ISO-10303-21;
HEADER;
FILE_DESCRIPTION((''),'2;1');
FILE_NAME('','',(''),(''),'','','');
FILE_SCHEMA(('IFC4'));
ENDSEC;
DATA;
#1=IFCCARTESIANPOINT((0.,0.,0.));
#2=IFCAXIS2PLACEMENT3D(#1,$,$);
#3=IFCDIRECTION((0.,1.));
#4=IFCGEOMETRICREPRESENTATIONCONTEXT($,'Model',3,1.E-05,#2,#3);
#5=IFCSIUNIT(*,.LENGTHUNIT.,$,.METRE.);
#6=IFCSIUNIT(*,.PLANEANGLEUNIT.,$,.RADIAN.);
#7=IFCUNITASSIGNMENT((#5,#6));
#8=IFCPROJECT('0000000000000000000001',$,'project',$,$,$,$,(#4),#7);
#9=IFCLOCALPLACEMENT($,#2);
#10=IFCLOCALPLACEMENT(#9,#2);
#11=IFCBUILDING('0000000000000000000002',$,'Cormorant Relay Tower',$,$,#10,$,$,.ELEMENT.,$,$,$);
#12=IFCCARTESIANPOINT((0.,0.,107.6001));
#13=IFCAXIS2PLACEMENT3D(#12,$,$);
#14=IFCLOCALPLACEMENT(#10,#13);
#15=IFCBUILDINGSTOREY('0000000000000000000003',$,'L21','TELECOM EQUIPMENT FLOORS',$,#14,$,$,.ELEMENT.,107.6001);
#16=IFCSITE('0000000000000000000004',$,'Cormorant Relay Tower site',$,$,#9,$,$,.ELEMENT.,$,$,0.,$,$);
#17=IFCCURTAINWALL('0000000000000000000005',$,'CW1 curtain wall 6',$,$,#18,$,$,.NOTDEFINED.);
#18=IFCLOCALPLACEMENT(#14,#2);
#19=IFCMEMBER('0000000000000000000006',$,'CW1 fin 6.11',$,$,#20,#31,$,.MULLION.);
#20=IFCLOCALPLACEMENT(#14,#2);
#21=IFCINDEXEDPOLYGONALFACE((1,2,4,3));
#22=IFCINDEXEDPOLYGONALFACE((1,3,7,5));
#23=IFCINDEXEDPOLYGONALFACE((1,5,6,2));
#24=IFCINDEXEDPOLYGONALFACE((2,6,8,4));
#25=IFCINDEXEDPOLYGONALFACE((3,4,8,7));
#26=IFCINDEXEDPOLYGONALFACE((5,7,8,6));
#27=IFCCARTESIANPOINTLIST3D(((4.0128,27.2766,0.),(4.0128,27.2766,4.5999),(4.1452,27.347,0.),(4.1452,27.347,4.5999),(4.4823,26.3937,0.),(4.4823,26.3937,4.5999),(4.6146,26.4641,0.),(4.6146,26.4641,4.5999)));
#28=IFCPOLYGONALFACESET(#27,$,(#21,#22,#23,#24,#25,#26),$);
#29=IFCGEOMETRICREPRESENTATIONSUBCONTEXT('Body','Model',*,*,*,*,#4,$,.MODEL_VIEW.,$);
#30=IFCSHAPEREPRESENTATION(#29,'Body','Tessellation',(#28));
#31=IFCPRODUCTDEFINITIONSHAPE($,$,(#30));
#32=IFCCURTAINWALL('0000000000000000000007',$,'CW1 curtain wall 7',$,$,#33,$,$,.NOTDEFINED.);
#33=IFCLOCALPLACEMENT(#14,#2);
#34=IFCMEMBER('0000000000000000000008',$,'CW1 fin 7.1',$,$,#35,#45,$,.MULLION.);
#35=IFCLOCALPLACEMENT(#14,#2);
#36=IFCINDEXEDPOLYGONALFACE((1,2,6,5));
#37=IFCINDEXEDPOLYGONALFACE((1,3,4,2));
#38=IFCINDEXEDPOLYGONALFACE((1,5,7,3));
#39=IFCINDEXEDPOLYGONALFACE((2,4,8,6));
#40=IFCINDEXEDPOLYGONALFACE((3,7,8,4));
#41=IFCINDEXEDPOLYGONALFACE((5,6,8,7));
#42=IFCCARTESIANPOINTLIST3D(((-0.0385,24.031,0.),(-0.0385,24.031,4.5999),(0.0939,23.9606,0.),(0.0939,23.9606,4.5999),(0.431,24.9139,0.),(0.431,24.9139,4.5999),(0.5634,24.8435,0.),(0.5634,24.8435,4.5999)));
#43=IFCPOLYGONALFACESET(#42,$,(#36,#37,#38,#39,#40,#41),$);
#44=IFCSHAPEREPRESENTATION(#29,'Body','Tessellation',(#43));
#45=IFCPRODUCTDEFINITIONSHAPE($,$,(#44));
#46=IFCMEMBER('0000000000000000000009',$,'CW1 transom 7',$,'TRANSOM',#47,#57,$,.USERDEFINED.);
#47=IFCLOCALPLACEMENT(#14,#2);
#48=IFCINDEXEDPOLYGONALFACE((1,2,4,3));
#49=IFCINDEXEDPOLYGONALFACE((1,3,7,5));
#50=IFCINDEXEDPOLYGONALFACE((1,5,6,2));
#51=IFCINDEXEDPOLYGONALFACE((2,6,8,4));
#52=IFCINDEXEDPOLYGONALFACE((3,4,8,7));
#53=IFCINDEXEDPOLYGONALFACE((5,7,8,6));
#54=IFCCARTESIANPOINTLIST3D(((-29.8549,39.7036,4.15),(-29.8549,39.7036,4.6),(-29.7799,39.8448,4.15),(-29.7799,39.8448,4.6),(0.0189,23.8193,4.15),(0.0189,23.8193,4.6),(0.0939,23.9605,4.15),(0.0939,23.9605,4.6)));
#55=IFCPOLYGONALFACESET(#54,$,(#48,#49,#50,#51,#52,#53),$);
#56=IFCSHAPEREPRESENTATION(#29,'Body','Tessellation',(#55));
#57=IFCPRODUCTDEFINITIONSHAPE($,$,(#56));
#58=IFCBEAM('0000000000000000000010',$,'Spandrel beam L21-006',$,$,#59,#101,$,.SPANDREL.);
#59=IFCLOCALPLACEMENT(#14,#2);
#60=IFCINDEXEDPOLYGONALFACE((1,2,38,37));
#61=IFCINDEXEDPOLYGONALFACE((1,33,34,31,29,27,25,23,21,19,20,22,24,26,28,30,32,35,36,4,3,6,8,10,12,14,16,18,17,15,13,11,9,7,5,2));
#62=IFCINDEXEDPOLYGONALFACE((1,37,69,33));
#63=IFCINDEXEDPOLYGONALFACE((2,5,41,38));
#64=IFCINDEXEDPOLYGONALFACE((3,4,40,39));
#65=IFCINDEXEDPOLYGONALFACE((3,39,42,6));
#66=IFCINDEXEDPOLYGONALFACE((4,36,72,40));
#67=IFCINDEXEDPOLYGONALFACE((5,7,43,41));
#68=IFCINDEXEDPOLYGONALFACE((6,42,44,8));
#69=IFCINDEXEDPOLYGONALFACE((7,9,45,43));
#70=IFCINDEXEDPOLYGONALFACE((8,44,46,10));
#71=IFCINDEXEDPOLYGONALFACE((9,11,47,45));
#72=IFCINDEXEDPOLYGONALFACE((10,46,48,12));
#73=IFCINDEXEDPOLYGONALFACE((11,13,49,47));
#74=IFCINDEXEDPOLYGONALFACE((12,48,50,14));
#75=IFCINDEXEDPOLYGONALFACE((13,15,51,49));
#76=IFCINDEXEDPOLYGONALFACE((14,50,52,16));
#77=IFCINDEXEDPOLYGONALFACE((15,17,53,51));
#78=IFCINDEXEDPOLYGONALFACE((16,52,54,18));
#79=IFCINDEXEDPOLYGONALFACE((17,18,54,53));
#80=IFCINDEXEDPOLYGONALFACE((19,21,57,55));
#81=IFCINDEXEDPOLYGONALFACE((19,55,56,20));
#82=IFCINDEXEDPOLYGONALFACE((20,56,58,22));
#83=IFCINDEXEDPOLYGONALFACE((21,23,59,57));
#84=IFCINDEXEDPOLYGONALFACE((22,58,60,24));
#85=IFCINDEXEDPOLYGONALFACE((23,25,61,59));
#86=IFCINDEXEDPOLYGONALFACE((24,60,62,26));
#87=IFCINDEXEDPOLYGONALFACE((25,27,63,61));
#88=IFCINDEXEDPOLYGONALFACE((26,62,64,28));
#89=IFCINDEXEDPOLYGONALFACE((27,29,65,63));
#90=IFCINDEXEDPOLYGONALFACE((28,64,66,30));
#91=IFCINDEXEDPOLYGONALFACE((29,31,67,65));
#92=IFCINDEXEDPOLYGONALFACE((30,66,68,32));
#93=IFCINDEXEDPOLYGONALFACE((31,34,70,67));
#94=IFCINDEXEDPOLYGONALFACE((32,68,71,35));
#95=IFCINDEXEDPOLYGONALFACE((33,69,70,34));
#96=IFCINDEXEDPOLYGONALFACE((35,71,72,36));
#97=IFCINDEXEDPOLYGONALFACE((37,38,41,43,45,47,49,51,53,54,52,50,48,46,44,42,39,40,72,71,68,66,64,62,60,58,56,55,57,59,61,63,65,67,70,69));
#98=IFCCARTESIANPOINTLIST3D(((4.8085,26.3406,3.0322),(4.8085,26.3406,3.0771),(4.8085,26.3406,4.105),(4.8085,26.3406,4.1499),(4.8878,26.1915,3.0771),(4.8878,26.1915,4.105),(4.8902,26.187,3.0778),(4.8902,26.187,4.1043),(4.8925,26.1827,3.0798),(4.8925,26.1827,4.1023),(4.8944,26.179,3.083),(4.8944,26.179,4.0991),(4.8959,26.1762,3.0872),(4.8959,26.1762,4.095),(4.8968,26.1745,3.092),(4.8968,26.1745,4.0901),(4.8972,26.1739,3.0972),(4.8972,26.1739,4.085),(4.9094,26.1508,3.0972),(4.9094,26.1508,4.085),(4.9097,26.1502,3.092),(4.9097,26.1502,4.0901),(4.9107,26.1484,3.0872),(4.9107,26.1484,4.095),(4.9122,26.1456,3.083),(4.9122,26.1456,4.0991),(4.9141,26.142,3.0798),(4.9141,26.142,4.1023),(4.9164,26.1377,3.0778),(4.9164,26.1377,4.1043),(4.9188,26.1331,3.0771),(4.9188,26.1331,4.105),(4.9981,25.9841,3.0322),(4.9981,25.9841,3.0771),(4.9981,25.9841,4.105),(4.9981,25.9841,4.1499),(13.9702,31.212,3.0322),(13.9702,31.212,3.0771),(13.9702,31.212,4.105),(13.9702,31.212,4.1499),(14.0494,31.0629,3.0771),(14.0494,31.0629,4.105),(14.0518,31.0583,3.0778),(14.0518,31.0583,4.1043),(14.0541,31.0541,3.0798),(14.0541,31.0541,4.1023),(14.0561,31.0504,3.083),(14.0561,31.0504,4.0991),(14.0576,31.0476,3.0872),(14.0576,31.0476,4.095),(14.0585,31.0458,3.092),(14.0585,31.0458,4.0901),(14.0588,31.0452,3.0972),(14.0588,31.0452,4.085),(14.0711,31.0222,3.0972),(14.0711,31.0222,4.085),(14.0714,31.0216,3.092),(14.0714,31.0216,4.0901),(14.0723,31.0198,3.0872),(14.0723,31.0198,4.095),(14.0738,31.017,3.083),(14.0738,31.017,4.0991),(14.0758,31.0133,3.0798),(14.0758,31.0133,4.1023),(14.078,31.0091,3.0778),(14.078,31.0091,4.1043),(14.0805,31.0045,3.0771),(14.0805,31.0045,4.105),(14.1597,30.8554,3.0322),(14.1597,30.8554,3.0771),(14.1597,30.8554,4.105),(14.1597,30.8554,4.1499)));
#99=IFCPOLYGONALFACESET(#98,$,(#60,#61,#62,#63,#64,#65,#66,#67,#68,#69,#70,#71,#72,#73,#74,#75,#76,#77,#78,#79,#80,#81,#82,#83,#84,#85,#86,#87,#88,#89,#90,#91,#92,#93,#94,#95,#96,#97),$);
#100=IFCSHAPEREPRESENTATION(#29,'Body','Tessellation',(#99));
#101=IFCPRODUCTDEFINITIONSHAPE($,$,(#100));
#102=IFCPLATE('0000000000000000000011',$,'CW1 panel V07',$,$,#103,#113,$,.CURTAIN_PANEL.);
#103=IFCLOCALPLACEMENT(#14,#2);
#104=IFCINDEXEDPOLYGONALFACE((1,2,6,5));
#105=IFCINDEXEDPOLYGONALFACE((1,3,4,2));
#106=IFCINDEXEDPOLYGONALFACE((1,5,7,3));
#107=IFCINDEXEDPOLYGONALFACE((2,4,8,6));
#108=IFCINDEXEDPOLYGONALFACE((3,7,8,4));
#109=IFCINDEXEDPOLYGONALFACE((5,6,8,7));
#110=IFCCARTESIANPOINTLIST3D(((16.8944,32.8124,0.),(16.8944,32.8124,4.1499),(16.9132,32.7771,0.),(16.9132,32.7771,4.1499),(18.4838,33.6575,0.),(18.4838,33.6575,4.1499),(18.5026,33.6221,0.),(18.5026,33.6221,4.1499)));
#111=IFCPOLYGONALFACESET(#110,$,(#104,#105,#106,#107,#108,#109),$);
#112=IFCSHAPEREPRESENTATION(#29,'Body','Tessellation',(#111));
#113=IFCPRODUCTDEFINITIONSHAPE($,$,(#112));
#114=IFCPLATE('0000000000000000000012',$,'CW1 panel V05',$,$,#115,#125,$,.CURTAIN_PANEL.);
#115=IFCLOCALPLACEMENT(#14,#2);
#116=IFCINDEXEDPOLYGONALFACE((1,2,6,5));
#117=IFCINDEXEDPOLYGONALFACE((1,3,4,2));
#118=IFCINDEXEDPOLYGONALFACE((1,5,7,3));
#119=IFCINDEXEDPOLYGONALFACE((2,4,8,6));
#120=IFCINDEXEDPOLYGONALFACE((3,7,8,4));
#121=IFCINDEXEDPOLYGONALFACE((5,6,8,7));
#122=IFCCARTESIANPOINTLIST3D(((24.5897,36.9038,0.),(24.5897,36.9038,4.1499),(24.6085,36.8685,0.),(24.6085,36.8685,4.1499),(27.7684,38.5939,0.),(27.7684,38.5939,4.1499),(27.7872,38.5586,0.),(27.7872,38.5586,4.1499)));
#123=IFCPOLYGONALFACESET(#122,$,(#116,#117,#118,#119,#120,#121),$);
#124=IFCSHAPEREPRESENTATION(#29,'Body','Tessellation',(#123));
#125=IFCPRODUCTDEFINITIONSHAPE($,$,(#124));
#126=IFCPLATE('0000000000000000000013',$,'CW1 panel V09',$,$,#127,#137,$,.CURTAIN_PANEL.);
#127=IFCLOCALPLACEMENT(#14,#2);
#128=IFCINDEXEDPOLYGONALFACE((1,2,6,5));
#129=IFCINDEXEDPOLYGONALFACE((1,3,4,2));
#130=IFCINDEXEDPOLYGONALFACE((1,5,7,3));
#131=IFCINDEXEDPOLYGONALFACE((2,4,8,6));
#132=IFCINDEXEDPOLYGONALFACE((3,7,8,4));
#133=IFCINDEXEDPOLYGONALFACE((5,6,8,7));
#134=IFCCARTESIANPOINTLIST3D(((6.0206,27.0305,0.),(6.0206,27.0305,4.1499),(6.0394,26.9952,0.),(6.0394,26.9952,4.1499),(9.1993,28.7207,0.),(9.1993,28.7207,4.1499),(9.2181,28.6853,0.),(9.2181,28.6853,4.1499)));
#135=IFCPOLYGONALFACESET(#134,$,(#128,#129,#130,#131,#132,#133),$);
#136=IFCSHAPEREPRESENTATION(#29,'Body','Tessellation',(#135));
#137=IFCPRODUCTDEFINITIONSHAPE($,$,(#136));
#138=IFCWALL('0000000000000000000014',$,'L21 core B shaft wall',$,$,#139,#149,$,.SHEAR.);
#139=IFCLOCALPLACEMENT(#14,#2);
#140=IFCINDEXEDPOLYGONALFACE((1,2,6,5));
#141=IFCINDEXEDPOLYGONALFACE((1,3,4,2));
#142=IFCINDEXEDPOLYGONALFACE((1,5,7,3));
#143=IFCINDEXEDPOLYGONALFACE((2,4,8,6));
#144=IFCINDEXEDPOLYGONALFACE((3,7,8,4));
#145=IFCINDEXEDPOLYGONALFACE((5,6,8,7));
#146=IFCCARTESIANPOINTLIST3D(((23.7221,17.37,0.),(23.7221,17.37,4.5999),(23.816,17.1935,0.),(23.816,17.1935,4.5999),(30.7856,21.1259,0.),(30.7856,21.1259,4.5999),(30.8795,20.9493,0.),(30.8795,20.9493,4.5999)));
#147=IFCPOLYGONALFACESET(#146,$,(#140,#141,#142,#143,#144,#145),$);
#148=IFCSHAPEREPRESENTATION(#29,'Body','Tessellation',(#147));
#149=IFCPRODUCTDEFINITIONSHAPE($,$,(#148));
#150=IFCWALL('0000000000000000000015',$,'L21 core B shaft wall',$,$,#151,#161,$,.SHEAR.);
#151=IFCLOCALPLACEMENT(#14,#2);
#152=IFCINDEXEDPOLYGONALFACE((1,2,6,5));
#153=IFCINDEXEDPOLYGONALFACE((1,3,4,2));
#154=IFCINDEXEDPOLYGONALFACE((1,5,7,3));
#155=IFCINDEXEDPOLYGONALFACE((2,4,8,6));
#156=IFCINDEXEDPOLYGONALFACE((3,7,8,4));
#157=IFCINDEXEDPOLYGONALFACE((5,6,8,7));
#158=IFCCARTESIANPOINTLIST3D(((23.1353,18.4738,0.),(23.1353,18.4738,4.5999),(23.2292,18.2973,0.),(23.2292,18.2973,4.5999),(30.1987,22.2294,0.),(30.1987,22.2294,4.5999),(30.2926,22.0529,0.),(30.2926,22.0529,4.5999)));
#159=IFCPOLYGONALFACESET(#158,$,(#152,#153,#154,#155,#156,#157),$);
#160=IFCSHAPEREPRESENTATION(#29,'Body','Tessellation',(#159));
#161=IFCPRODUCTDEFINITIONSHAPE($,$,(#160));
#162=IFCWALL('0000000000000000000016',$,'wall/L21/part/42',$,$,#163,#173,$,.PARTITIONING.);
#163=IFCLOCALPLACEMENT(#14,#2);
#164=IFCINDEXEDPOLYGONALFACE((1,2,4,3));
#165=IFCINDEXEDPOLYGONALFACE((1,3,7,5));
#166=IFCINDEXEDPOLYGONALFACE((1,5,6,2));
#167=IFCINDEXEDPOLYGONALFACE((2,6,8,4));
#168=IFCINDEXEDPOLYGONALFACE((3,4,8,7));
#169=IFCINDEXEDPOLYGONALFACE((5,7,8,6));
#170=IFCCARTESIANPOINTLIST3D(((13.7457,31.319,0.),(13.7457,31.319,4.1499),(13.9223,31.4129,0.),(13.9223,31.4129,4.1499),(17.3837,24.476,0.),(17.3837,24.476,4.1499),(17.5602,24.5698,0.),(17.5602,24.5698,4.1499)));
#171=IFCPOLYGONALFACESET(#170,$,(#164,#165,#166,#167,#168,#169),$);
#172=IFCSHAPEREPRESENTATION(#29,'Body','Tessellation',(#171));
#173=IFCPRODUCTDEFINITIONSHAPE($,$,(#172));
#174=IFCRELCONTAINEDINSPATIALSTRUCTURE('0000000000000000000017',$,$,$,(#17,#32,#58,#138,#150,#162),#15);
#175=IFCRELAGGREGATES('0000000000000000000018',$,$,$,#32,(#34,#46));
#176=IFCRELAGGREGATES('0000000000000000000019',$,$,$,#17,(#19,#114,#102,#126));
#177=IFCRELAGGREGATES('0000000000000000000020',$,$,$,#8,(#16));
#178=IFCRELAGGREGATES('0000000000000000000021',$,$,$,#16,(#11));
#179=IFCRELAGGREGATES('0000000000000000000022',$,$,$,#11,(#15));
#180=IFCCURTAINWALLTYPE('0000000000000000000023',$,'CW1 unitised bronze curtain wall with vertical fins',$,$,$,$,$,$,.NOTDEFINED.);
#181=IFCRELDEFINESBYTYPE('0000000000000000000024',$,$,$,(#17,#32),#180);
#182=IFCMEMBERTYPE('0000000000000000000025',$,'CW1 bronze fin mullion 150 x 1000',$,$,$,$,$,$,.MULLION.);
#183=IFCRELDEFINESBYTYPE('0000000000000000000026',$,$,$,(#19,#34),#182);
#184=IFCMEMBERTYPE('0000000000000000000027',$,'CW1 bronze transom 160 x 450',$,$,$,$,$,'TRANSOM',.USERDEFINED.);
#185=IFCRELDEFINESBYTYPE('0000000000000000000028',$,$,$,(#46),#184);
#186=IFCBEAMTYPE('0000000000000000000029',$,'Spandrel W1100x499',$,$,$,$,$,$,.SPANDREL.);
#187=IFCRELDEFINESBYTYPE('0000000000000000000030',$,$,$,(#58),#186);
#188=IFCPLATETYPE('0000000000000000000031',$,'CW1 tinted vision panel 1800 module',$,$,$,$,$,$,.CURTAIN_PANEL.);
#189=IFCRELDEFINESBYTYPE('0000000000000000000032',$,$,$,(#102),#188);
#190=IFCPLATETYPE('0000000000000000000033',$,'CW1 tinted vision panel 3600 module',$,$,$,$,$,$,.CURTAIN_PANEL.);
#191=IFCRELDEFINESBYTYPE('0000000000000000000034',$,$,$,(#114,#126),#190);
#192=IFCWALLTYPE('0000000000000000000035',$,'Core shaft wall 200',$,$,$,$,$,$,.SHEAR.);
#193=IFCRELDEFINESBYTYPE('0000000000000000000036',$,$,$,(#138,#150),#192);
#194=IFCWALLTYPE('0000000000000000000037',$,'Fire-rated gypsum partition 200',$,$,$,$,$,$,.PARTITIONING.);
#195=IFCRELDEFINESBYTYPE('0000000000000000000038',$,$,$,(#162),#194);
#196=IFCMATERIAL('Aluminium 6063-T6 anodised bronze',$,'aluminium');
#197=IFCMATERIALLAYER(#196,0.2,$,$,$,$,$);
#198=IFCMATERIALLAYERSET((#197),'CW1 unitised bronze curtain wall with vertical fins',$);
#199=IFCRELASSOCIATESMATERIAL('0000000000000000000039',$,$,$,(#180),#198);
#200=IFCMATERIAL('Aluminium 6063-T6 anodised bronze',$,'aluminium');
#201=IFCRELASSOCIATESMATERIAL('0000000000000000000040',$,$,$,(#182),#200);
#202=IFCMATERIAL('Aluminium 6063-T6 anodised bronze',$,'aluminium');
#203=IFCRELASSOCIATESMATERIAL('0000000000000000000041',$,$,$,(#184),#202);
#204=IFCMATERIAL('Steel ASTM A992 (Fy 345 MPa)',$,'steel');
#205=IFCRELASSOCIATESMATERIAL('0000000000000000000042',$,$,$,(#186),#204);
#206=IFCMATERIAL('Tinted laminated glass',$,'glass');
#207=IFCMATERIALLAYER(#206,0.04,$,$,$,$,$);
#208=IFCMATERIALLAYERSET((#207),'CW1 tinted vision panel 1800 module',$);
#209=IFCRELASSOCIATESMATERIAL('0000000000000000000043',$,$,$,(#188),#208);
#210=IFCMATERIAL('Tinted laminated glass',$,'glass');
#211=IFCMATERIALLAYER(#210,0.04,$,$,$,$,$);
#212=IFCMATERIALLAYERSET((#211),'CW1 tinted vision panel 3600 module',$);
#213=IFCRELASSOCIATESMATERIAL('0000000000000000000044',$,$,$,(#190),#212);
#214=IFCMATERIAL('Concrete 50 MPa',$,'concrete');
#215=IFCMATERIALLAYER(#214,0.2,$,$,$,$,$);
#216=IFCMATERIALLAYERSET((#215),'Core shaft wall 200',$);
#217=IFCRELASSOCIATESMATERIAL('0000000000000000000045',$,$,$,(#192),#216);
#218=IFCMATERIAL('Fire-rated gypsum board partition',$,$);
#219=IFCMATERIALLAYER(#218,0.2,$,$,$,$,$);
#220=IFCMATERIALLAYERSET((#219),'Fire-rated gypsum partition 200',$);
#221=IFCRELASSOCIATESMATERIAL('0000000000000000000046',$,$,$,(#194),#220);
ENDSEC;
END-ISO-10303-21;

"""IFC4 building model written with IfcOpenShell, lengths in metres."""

from ifc_helpers import new_model, si_unit, direction, frame, frame_2d, origin, origin_2d, place, context, subcontext, project, spatial, rectangle, i_section, extrude, material, layer, layer_set, material_profile, profile_set, type_object, element, aggregate, save


model = new_model("IFC4")

# Units and contexts
model_context = context("Model", 3, precision=1e-05, world=origin(), true_north=direction((0.0, 1.0)))
body_context = subcontext(model_context, "Body", "Model", "MODEL_VIEW")
ifc_project = project(units=[si_unit("LENGTHUNIT", "METRE"), si_unit("PLANEANGLEUNIT", "RADIAN")], contexts=[model_context])

# Site, building, storey
site_placement = place(None, origin())
site = spatial("IfcSite", under=ifc_project, at=site_placement, Name="Cormorant Relay Tower site", CompositionType="ELEMENT", RefElevation=0.0)
building_placement = place(site_placement, origin())
building = spatial("IfcBuilding", under=site, at=building_placement, Name="Cormorant Relay Tower", CompositionType="ELEMENT")
storey_placement = place(building_placement, frame((0.0, 0.0, 107.6001)))
storey = spatial("IfcBuildingStorey", under=building, at=storey_placement, Name="L21", Description="TELECOM EQUIPMENT FLOORS", CompositionType="ELEMENT", Elevation=107.6001)

# Curtain walls, members
ifc_material_1 = material(Name="Aluminium 6063-T6 anodised bronze", Category="aluminium")
ifc_layer_1 = layer(ifc_material_1, 0.2)
ifc_layer_set_1 = layer_set([ifc_layer_1], Name="CW1 unitised bronze curtain wall with vertical fins")
curtain_wall_type = type_object("IfcCurtainWallType", Name="CW1 unitised bronze curtain wall with vertical fins", PredefinedType="NOTDEFINED", material=ifc_layer_set_1)
curtain_wall_1_placement = place(storey_placement, origin())
curtain_wall_1 = element("IfcCurtainWall", 1, at=curtain_wall_1_placement, inside=storey, type_object=curtain_wall_type, Name="CW1 curtain wall 6", PredefinedType="NOTDEFINED")
ifc_material_2 = material(Name="Aluminium 6063-T6 anodised bronze", Category="aluminium")
ifc_material_profile_1 = material_profile(ifc_material_2, rectangle(XDim=0.1499, YDim=1.0, at=origin_2d()), Name="AL 150x1000")
ifc_profile_set_1 = profile_set([ifc_material_profile_1], Name="Aluminium 6063-T6 anodised bronze")
member_type_1 = type_object("IfcMemberType", Name="CW1 bronze fin mullion 150 x 1000", PredefinedType="MULLION", material=ifc_profile_set_1)
member_1_placement = place(storey_placement, frame((4.3137, 26.8704, 0.0), z_axis=(0.0, 0.0, 1.0), x_axis=(-0.882948, -0.469472, 0.0)))
member_1 = element("IfcMember", 2, at=member_1_placement, type_object=member_type_1, Name="CW1 fin 6.11", PredefinedType="MULLION", context=body_context, shape_type="SweptSolid", body=[
    extrude(rectangle(XDim=0.1499, YDim=1.0, at=origin_2d()), origin(), (0.0, 0.0, 1.0), 4.5999),
])
curtain_wall_2_placement = place(storey_placement, origin())
curtain_wall_2 = element("IfcCurtainWall", 3, at=curtain_wall_2_placement, inside=storey, type_object=curtain_wall_type, Name="CW1 curtain wall 7", PredefinedType="NOTDEFINED")
member_2_placement = place(storey_placement, frame((0.2625, 24.4373, 0.0), z_axis=(0.0, 0.0, 1.0), x_axis=(-0.882948, 0.469472, 0.0)))
member_2 = element("IfcMember", 4, at=member_2_placement, type_object=member_type_1, Name="CW1 fin 7.1", PredefinedType="MULLION", context=body_context, shape_type="SweptSolid", body=[
    extrude(rectangle(XDim=0.1499, YDim=1.0, at=origin_2d()), origin(), (0.0, 0.0, 1.0), 4.5999),
])
ifc_material_3 = material(Name="Aluminium 6063-T6 anodised bronze", Category="aluminium")
ifc_material_profile_2 = material_profile(ifc_material_3, rectangle(XDim=0.1599, YDim=0.45, at=origin_2d()), Name="AL 160x450")
ifc_profile_set_2 = profile_set([ifc_material_profile_2], Name="Aluminium 6063-T6 anodised bronze")
member_type_2 = type_object("IfcMemberType", Name="CW1 bronze transom 160 x 450", ElementType="TRANSOM", PredefinedType="USERDEFINED", material=ifc_profile_set_2)
member_3_placement = place(storey_placement, frame((0.0564, 23.8899, 4.375), z_axis=(-0.882946, 0.469474, 0.0), x_axis=(-0.469474, -0.882946, 0.0)))
member_3 = element("IfcMember", 5, at=member_3_placement, type_object=member_type_2, Name="CW1 transom 7", ObjectType="TRANSOM", PredefinedType="USERDEFINED", context=body_context, shape_type="SweptSolid", body=[
    extrude(rectangle(XDim=0.1599, YDim=0.45, at=origin_2d()), origin(), (0.0, 0.0, 1.0), 33.8342),
])
aggregate(curtain_wall_2, [member_2, member_3])

# Beam
ifc_material_4 = material(Name="Steel ASTM A992 (Fy 345 MPa)", Category="steel")
ifc_material_profile_3 = material_profile(ifc_material_4, i_section(OverallWidth=0.4038, OverallDepth=1.1177, WebThickness=0.0261, FlangeThickness=0.0449, FilletRadius=0.02, at=origin_2d()), Name="W1100x499")
ifc_profile_set_3 = profile_set([ifc_material_profile_3], Name="Steel ASTM A992 (Fy 345 MPa)")
beam_type = type_object("IfcBeamType", Name="Spandrel W1100x499", PredefinedType="SPANDREL", material=ifc_profile_set_3)
beam_placement = place(storey_placement, frame((14.0649, 31.0337, 3.5911), z_axis=(-0.882947, -0.469473, 0.0), x_axis=(0.469473, -0.882947, 0.0)))
element("IfcBeam", 6, at=beam_placement, inside=storey, type_object=beam_type, Name="Spandrel beam L21-006", PredefinedType="SPANDREL", context=body_context, shape_type="SweptSolid", body=[
    extrude(i_section(OverallWidth=0.4038, OverallDepth=1.1177, WebThickness=0.0261, FlangeThickness=0.0449, FilletRadius=0.02, at=origin_2d()), origin(), (0.0, 0.0, 1.0), 10.3762),
])

# Plates
ifc_material_5 = material(Name="Tinted laminated glass", Category="glass")
ifc_layer_2 = layer(ifc_material_5, 0.04)
ifc_layer_set_2 = layer_set([ifc_layer_2], Name="CW1 tinted vision panel 1800 module")
plate_type_1 = type_object("IfcPlateType", Name="CW1 tinted vision panel 1800 module", PredefinedType="CURTAIN_PANEL", material=ifc_layer_set_2)
plate_1_placement = place(storey_placement, frame((17.6985, 33.2173, 0.0), z_axis=(0.0, 0.0, 1.0), x_axis=(-0.882948, -0.469472, 0.0)))
plate_1 = element("IfcPlate", 7, at=plate_1_placement, type_object=plate_type_1, Name="CW1 panel V07", PredefinedType="CURTAIN_PANEL", context=body_context, shape_type="SweptSolid", body=[
    extrude(rectangle(XDim=1.8, YDim=0.04, at=origin_2d()), origin(), (0.0, 0.0, 1.0), 4.1499),
])
ifc_material_6 = material(Name="Tinted laminated glass", Category="glass")
ifc_layer_3 = layer(ifc_material_6, 0.04)
ifc_layer_set_3 = layer_set([ifc_layer_3], Name="CW1 tinted vision panel 3600 module")
plate_type_2 = type_object("IfcPlateType", Name="CW1 tinted vision panel 3600 module", PredefinedType="CURTAIN_PANEL", material=ifc_layer_set_3)
plate_2_placement = place(storey_placement, frame((26.1885, 37.7312, 0.0), z_axis=(0.0, 0.0, 1.0), x_axis=(-0.882948, -0.469472, 0.0)))
plate_2 = element("IfcPlate", 8, at=plate_2_placement, type_object=plate_type_2, Name="CW1 panel V05", PredefinedType="CURTAIN_PANEL", context=body_context, shape_type="SweptSolid", body=[
    extrude(rectangle(XDim=3.6001, YDim=0.04, at=origin_2d()), origin(), (0.0, 0.0, 1.0), 4.1499),
])
plate_3_placement = place(storey_placement, frame((7.6194, 27.8579, 0.0), z_axis=(0.0, 0.0, 1.0), x_axis=(-0.882948, -0.469472, 0.0)))
plate_3 = element("IfcPlate", 9, at=plate_3_placement, type_object=plate_type_2, Name="CW1 panel V09", PredefinedType="CURTAIN_PANEL", context=body_context, shape_type="SweptSolid", body=[
    extrude(rectangle(XDim=3.6001, YDim=0.04, at=origin_2d()), origin(), (0.0, 0.0, 1.0), 4.1499),
])

# Walls
ifc_material_7 = material(Name="Concrete 50 MPa", Category="concrete")
ifc_layer_4 = layer(ifc_material_7, 0.2)
ifc_layer_set_4 = layer_set([ifc_layer_4], Name="Core shaft wall 200")
wall_type_1 = type_object("IfcWallType", Name="Core shaft wall 200", PredefinedType="SHEAR", material=ifc_layer_set_4)
wall_1_placement = place(storey_placement, frame((23.769, 17.2817, 0.0), z_axis=(0.0, 0.0, 1.0), x_axis=(0.88294, 0.469485, 0.0)))
element("IfcWall", 10, at=wall_1_placement, inside=storey, type_object=wall_type_1, Name="L21 core B shaft wall", PredefinedType="SHEAR", context=body_context, shape_type="SweptSolid", body=[
    extrude(rectangle(XDim=8.0, YDim=0.2, at=frame_2d((4.0, 0.0))), origin(), (0.0, 0.0, 1.0), 4.5999),
])
wall_2_placement = place(storey_placement, frame((23.1821, 18.3855, 0.0), z_axis=(0.0, 0.0, 1.0), x_axis=(0.882953, 0.469462, 0.0)))
element("IfcWall", 11, at=wall_2_placement, inside=storey, type_object=wall_type_1, Name="L21 core B shaft wall", PredefinedType="SHEAR", context=body_context, shape_type="SweptSolid", body=[
    extrude(rectangle(XDim=7.9998, YDim=0.2, at=frame_2d((4.0, 0.0))), origin(), (0.0, 0.0, 1.0), 4.5999),
])
ifc_material_8 = material(Name="Fire-rated gypsum board partition")
ifc_layer_5 = layer(ifc_material_8, 0.2)
ifc_layer_set_5 = layer_set([ifc_layer_5], Name="Fire-rated gypsum partition 200")
wall_type_2 = type_object("IfcWallType", Name="Fire-rated gypsum partition 200", PredefinedType="PARTITIONING", material=ifc_layer_set_5)
wall_3_placement = place(storey_placement, frame((13.834, 31.366, 0.0), z_axis=(0.0, 0.0, 1.0), x_axis=(0.469415, -0.882977, 0.0)))
element("IfcWall", 12, at=wall_3_placement, inside=storey, type_object=wall_type_2, Name="wall/L21/part/42", PredefinedType="PARTITIONING", context=body_context, shape_type="SweptSolid", body=[
    extrude(rectangle(XDim=7.75, YDim=0.2, at=frame_2d((3.875, 0.0))), origin(), (0.0, 0.0, 1.0), 4.1499),
])

aggregate(curtain_wall_1, [member_1, plate_2, plate_1, plate_3])

save(model, "model.ifc")
